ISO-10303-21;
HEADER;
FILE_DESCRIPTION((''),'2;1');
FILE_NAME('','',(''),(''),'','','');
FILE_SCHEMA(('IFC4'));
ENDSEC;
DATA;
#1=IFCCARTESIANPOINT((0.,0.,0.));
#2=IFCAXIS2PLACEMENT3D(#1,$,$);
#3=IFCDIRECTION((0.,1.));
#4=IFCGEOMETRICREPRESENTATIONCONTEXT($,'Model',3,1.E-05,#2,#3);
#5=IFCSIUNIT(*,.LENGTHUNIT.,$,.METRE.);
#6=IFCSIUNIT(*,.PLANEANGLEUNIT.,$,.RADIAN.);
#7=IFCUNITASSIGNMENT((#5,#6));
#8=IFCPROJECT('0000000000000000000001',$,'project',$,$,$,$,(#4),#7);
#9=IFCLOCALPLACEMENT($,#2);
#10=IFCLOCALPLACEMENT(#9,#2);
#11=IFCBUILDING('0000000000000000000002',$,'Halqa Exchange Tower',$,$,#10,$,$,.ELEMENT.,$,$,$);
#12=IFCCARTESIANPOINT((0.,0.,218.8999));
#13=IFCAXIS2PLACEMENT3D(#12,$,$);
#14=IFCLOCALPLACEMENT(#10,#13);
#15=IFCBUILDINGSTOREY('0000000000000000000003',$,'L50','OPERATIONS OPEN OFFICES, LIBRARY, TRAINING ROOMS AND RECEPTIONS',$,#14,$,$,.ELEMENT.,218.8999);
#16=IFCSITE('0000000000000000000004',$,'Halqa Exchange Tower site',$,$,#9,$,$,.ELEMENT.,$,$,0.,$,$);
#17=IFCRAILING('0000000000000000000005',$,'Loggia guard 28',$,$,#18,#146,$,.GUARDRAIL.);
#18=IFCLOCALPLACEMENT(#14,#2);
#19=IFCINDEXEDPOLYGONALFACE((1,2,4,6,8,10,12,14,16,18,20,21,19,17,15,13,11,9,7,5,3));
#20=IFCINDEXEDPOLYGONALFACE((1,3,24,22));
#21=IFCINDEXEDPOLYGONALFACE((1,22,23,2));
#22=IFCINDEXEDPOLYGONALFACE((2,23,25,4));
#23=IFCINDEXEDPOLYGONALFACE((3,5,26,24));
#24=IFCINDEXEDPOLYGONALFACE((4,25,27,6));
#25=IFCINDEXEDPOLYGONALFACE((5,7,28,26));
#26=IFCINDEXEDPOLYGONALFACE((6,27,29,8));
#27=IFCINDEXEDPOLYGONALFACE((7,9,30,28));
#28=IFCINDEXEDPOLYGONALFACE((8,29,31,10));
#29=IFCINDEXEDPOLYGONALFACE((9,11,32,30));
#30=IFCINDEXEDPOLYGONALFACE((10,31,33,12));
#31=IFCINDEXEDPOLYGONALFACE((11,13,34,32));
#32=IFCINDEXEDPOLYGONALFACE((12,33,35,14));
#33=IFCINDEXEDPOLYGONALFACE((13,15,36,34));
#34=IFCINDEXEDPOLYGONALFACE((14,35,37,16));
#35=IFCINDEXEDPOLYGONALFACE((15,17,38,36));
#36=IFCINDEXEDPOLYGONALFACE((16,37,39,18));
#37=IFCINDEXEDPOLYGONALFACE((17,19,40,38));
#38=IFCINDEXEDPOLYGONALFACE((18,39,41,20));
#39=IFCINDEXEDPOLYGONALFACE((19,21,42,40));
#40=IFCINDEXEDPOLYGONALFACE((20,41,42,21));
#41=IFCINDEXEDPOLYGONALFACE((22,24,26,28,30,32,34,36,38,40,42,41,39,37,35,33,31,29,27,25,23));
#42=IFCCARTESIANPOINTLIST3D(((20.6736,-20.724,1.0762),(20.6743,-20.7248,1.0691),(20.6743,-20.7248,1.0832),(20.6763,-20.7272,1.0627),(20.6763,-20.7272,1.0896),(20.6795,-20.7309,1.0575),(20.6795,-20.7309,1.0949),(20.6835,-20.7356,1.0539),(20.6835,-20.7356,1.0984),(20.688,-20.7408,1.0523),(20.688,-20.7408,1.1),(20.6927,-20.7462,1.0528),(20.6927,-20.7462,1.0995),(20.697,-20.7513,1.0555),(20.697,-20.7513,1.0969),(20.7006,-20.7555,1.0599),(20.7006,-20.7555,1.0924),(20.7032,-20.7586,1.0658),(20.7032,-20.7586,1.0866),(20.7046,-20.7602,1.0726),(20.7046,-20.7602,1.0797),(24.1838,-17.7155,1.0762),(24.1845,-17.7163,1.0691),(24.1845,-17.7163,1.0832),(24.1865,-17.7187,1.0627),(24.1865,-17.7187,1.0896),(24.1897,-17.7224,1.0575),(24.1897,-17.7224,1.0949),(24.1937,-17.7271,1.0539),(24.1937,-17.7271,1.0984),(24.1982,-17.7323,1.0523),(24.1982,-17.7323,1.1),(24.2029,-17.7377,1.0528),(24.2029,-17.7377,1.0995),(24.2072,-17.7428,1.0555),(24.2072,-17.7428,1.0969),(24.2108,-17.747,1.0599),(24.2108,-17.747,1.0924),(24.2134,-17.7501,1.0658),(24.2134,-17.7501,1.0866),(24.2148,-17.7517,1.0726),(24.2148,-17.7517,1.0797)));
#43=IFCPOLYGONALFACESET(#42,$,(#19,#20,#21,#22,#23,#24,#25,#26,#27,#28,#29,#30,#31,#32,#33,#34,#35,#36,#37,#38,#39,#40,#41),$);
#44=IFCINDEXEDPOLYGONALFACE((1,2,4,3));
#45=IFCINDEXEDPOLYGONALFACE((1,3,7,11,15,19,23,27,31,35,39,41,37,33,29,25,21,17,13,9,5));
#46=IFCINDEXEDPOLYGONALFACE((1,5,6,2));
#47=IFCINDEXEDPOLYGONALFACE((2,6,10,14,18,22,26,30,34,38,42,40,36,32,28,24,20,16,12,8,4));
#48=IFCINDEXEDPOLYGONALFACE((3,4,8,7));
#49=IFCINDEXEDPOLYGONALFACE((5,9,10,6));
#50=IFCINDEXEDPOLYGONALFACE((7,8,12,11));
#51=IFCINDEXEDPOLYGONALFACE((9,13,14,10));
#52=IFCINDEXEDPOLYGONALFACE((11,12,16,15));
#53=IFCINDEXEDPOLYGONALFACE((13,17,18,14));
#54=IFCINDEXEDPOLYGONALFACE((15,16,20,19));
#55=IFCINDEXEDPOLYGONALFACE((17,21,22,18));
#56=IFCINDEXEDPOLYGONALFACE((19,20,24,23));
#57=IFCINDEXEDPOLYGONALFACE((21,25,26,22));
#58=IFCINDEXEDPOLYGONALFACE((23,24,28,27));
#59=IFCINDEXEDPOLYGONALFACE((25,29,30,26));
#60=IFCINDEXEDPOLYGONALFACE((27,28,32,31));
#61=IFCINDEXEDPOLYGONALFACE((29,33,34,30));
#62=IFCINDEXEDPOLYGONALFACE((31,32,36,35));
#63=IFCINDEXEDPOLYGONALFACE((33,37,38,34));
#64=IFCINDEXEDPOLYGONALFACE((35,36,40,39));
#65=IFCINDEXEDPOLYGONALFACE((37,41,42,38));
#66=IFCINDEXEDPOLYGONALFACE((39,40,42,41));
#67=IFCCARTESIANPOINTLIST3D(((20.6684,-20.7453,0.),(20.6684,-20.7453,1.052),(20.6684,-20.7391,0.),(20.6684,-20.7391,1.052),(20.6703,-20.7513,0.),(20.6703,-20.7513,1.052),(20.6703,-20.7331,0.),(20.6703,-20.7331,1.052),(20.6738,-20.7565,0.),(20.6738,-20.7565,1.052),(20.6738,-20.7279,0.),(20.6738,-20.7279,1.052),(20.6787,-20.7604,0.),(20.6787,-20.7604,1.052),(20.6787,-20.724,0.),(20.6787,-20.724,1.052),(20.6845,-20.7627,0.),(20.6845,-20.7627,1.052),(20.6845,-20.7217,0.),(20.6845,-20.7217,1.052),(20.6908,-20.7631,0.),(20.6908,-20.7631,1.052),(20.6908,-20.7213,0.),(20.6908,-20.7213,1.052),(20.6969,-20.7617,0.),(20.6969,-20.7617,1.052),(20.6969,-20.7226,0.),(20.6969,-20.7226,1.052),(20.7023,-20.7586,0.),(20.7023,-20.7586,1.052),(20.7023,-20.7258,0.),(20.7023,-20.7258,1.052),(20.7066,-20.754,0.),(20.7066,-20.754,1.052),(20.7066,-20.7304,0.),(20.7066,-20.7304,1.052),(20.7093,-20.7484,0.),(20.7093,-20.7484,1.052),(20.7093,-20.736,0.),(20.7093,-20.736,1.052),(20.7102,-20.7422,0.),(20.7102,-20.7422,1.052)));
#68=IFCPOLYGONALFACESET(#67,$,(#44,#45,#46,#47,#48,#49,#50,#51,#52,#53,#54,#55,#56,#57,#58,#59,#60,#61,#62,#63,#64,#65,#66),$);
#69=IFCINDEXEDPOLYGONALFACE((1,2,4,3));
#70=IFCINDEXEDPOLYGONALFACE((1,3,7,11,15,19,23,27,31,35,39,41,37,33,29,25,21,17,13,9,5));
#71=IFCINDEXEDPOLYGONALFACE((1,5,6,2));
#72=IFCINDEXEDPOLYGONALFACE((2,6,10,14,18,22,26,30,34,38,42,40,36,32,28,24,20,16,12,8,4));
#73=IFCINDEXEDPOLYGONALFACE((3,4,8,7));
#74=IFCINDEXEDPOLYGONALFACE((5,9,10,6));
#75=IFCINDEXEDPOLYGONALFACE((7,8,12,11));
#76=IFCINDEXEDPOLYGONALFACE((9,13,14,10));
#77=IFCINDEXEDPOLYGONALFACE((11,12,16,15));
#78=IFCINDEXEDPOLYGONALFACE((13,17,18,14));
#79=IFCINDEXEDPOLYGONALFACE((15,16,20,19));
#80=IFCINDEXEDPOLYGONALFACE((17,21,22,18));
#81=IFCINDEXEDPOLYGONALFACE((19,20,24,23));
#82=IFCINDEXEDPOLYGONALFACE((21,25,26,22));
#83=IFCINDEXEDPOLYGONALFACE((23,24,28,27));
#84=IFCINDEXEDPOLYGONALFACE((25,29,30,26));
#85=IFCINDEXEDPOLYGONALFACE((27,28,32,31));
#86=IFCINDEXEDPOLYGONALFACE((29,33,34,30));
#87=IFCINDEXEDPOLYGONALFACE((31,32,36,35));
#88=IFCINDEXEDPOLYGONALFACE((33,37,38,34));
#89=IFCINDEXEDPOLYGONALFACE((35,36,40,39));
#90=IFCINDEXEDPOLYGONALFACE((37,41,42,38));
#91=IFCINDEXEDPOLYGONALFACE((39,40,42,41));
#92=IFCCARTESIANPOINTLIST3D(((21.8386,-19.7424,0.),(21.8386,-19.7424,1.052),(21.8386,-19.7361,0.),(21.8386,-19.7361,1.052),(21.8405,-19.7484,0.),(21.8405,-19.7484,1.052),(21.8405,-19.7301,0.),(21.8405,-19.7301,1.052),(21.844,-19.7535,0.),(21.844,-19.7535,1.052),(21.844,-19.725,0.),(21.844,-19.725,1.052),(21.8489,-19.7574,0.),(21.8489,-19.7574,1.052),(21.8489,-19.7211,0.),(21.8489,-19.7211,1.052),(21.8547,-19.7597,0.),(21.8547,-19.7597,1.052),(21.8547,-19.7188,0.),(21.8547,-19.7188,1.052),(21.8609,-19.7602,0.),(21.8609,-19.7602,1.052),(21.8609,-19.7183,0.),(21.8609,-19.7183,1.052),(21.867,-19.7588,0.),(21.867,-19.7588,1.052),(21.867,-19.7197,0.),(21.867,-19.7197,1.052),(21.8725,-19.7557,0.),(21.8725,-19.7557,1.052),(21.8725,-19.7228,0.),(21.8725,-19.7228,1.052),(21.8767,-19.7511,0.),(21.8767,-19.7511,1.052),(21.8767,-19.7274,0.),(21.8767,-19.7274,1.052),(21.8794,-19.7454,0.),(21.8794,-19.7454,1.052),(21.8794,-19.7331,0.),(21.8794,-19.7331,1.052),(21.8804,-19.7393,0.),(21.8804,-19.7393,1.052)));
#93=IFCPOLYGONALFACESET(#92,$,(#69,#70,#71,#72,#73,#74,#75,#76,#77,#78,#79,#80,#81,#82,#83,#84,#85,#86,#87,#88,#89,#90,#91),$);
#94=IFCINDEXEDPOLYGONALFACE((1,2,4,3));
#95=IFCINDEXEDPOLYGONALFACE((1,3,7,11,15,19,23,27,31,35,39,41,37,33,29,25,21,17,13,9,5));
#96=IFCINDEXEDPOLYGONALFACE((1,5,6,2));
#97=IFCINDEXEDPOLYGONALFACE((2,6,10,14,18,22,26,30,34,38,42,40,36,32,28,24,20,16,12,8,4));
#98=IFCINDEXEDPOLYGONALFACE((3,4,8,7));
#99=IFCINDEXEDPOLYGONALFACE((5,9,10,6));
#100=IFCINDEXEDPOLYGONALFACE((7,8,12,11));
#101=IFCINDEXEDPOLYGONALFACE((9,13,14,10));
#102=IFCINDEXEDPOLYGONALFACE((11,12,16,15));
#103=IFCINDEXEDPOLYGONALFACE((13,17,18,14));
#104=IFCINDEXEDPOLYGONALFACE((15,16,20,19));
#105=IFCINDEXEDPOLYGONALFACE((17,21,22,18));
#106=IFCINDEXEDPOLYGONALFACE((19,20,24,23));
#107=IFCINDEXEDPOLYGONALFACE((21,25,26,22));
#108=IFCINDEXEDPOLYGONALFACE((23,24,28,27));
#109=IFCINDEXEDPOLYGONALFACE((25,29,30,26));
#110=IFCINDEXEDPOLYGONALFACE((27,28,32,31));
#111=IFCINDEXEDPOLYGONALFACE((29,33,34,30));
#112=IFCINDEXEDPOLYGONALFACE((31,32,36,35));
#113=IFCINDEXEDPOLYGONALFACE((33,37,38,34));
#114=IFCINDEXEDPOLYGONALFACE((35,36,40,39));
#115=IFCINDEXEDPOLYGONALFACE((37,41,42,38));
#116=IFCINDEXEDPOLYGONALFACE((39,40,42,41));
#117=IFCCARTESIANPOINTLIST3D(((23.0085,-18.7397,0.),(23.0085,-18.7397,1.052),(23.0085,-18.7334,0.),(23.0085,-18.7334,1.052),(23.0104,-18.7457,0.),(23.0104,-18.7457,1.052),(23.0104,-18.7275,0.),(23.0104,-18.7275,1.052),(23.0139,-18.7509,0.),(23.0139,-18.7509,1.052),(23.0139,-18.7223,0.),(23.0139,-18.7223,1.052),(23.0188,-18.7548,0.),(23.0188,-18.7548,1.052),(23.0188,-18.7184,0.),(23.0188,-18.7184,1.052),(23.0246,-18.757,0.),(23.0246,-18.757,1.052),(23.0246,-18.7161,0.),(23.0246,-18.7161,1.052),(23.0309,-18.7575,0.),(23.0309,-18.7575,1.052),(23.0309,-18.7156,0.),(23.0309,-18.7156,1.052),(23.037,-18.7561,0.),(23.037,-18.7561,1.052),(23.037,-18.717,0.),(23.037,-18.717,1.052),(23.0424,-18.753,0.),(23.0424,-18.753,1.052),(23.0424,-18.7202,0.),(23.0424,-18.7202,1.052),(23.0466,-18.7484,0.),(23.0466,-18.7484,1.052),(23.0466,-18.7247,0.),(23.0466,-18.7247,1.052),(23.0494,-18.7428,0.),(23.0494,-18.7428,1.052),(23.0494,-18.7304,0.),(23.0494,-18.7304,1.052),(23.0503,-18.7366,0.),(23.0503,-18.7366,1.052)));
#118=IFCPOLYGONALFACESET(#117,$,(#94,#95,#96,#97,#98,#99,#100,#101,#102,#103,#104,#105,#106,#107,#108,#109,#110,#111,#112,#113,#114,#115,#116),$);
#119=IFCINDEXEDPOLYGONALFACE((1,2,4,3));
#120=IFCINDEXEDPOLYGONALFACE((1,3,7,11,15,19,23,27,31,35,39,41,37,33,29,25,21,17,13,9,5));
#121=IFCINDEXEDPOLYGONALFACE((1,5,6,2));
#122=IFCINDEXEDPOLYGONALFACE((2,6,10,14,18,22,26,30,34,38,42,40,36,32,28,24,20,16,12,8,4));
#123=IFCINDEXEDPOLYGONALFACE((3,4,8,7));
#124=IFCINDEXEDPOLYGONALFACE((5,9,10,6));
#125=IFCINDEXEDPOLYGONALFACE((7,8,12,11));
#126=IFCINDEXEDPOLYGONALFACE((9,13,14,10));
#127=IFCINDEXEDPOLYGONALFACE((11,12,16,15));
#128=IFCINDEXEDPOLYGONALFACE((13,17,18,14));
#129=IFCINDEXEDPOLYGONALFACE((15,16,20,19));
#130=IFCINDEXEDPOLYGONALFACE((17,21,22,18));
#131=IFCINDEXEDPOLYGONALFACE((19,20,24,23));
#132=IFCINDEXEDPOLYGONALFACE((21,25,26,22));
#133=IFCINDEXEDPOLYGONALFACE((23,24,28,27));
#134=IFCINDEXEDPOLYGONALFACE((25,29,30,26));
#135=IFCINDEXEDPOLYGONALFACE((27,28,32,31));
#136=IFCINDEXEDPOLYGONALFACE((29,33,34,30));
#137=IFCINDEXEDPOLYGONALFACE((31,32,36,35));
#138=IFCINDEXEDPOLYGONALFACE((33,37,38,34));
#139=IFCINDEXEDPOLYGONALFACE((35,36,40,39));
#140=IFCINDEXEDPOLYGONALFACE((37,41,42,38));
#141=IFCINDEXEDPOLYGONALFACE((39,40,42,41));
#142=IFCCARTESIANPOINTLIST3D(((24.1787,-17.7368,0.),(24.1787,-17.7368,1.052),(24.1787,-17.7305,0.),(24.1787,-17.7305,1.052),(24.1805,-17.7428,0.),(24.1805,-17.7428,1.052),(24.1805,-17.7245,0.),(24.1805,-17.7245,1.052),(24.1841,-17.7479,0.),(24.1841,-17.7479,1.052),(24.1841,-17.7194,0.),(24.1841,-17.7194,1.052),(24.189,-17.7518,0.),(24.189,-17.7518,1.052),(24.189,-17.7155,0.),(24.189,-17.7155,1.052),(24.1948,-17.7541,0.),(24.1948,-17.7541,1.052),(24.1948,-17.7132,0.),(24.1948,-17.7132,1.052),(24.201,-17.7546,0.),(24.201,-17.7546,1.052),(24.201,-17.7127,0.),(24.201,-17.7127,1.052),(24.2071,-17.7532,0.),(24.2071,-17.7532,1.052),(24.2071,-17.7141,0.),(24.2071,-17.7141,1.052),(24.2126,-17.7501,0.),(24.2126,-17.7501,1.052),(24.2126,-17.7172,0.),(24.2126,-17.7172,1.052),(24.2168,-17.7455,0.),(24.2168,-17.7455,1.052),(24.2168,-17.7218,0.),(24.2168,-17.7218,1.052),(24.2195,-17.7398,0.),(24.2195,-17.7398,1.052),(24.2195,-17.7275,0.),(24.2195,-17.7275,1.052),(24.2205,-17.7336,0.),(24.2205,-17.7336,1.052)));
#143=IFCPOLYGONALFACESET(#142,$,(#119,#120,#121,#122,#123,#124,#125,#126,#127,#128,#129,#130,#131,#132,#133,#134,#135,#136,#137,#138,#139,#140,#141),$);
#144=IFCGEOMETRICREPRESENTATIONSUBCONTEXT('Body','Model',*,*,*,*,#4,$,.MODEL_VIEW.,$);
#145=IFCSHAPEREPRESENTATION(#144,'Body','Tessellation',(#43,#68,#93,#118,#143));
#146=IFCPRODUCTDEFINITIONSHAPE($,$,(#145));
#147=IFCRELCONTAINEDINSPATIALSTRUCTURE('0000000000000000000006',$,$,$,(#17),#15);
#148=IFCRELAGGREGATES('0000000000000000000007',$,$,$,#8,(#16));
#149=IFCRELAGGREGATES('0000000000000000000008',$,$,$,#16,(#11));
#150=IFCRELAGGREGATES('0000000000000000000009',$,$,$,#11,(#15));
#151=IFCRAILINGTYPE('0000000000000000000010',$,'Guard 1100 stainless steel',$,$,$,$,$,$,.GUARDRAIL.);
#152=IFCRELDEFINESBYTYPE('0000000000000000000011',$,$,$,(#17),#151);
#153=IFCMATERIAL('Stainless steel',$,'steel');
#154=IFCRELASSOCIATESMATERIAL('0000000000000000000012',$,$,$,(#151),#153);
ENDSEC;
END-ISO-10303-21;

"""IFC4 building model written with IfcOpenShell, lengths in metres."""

from ifc_helpers import new_model, si_unit, direction, frame, origin, origin_2d, place, context, subcontext, project, spatial, circle, extrude, material, type_object, element, save


model = new_model("IFC4")

# Units and contexts
model_context = context("Model", 3, precision=1e-05, world=origin(), true_north=direction((0.0, 1.0)))
body_context = subcontext(model_context, "Body", "Model", "MODEL_VIEW")
ifc_project = project(units=[si_unit("LENGTHUNIT", "METRE"), si_unit("PLANEANGLEUNIT", "RADIAN")], contexts=[model_context])

# Site, building, storey
site_placement = place(None, origin())
site = spatial("IfcSite", under=ifc_project, at=site_placement, Name="Halqa Exchange Tower site", CompositionType="ELEMENT", RefElevation=0.0)
building_placement = place(site_placement, origin())
building = spatial("IfcBuilding", under=site, at=building_placement, Name="Halqa Exchange Tower", CompositionType="ELEMENT")
storey_placement = place(building_placement, frame((0.0, 0.0, 218.8999)))
storey = spatial("IfcBuildingStorey", under=building, at=storey_placement, Name="L50", Description="OPERATIONS OPEN OFFICES, LIBRARY, TRAINING ROOMS AND RECEPTIONS", CompositionType="ELEMENT", Elevation=218.8999)

# Railing
ifc_material_1 = material(Name="Stainless steel", Category="steel")
railing_type = type_object("IfcRailingType", Name="Guard 1100 stainless steel", PredefinedType="GUARDRAIL", material=ifc_material_1)
railing_1_placement = place(storey_placement, frame((20.6892, -20.7422, 0.0)))
element("IfcRailing", 1, at=railing_1_placement, inside=storey, type_object=railing_type, Name="Loggia guard 28", PredefinedType="GUARDRAIL", context=body_context, shape_type="SweptSolid", body=[
    extrude(circle(Radius=0.0239, at=origin_2d()), frame((0.0, 0.0, 1.0762), z_axis=(0.759283, 0.650761, 0.0), x_axis=(-0.650761, 0.759283, 0.0)), (0.0, 0.0, 1.0), 4.623),
    extrude(circle(Radius=0.021, at=origin_2d()), origin(), (0.0, 0.0, 1.0), 1.052),
    extrude(circle(Radius=0.021, at=origin_2d()), frame((1.1702, 1.0029, 0.0)), (0.0, 0.0, 1.0), 1.052),
    extrude(circle(Radius=0.021, at=origin_2d()), frame((2.3401, 2.0056, 0.0)), (0.0, 0.0, 1.0), 1.052),
    extrude(circle(Radius=0.021, at=origin_2d()), frame((3.5103, 3.0085, 0.0)), (0.0, 0.0, 1.0), 1.052),
])

save(model, "model.ifc")
